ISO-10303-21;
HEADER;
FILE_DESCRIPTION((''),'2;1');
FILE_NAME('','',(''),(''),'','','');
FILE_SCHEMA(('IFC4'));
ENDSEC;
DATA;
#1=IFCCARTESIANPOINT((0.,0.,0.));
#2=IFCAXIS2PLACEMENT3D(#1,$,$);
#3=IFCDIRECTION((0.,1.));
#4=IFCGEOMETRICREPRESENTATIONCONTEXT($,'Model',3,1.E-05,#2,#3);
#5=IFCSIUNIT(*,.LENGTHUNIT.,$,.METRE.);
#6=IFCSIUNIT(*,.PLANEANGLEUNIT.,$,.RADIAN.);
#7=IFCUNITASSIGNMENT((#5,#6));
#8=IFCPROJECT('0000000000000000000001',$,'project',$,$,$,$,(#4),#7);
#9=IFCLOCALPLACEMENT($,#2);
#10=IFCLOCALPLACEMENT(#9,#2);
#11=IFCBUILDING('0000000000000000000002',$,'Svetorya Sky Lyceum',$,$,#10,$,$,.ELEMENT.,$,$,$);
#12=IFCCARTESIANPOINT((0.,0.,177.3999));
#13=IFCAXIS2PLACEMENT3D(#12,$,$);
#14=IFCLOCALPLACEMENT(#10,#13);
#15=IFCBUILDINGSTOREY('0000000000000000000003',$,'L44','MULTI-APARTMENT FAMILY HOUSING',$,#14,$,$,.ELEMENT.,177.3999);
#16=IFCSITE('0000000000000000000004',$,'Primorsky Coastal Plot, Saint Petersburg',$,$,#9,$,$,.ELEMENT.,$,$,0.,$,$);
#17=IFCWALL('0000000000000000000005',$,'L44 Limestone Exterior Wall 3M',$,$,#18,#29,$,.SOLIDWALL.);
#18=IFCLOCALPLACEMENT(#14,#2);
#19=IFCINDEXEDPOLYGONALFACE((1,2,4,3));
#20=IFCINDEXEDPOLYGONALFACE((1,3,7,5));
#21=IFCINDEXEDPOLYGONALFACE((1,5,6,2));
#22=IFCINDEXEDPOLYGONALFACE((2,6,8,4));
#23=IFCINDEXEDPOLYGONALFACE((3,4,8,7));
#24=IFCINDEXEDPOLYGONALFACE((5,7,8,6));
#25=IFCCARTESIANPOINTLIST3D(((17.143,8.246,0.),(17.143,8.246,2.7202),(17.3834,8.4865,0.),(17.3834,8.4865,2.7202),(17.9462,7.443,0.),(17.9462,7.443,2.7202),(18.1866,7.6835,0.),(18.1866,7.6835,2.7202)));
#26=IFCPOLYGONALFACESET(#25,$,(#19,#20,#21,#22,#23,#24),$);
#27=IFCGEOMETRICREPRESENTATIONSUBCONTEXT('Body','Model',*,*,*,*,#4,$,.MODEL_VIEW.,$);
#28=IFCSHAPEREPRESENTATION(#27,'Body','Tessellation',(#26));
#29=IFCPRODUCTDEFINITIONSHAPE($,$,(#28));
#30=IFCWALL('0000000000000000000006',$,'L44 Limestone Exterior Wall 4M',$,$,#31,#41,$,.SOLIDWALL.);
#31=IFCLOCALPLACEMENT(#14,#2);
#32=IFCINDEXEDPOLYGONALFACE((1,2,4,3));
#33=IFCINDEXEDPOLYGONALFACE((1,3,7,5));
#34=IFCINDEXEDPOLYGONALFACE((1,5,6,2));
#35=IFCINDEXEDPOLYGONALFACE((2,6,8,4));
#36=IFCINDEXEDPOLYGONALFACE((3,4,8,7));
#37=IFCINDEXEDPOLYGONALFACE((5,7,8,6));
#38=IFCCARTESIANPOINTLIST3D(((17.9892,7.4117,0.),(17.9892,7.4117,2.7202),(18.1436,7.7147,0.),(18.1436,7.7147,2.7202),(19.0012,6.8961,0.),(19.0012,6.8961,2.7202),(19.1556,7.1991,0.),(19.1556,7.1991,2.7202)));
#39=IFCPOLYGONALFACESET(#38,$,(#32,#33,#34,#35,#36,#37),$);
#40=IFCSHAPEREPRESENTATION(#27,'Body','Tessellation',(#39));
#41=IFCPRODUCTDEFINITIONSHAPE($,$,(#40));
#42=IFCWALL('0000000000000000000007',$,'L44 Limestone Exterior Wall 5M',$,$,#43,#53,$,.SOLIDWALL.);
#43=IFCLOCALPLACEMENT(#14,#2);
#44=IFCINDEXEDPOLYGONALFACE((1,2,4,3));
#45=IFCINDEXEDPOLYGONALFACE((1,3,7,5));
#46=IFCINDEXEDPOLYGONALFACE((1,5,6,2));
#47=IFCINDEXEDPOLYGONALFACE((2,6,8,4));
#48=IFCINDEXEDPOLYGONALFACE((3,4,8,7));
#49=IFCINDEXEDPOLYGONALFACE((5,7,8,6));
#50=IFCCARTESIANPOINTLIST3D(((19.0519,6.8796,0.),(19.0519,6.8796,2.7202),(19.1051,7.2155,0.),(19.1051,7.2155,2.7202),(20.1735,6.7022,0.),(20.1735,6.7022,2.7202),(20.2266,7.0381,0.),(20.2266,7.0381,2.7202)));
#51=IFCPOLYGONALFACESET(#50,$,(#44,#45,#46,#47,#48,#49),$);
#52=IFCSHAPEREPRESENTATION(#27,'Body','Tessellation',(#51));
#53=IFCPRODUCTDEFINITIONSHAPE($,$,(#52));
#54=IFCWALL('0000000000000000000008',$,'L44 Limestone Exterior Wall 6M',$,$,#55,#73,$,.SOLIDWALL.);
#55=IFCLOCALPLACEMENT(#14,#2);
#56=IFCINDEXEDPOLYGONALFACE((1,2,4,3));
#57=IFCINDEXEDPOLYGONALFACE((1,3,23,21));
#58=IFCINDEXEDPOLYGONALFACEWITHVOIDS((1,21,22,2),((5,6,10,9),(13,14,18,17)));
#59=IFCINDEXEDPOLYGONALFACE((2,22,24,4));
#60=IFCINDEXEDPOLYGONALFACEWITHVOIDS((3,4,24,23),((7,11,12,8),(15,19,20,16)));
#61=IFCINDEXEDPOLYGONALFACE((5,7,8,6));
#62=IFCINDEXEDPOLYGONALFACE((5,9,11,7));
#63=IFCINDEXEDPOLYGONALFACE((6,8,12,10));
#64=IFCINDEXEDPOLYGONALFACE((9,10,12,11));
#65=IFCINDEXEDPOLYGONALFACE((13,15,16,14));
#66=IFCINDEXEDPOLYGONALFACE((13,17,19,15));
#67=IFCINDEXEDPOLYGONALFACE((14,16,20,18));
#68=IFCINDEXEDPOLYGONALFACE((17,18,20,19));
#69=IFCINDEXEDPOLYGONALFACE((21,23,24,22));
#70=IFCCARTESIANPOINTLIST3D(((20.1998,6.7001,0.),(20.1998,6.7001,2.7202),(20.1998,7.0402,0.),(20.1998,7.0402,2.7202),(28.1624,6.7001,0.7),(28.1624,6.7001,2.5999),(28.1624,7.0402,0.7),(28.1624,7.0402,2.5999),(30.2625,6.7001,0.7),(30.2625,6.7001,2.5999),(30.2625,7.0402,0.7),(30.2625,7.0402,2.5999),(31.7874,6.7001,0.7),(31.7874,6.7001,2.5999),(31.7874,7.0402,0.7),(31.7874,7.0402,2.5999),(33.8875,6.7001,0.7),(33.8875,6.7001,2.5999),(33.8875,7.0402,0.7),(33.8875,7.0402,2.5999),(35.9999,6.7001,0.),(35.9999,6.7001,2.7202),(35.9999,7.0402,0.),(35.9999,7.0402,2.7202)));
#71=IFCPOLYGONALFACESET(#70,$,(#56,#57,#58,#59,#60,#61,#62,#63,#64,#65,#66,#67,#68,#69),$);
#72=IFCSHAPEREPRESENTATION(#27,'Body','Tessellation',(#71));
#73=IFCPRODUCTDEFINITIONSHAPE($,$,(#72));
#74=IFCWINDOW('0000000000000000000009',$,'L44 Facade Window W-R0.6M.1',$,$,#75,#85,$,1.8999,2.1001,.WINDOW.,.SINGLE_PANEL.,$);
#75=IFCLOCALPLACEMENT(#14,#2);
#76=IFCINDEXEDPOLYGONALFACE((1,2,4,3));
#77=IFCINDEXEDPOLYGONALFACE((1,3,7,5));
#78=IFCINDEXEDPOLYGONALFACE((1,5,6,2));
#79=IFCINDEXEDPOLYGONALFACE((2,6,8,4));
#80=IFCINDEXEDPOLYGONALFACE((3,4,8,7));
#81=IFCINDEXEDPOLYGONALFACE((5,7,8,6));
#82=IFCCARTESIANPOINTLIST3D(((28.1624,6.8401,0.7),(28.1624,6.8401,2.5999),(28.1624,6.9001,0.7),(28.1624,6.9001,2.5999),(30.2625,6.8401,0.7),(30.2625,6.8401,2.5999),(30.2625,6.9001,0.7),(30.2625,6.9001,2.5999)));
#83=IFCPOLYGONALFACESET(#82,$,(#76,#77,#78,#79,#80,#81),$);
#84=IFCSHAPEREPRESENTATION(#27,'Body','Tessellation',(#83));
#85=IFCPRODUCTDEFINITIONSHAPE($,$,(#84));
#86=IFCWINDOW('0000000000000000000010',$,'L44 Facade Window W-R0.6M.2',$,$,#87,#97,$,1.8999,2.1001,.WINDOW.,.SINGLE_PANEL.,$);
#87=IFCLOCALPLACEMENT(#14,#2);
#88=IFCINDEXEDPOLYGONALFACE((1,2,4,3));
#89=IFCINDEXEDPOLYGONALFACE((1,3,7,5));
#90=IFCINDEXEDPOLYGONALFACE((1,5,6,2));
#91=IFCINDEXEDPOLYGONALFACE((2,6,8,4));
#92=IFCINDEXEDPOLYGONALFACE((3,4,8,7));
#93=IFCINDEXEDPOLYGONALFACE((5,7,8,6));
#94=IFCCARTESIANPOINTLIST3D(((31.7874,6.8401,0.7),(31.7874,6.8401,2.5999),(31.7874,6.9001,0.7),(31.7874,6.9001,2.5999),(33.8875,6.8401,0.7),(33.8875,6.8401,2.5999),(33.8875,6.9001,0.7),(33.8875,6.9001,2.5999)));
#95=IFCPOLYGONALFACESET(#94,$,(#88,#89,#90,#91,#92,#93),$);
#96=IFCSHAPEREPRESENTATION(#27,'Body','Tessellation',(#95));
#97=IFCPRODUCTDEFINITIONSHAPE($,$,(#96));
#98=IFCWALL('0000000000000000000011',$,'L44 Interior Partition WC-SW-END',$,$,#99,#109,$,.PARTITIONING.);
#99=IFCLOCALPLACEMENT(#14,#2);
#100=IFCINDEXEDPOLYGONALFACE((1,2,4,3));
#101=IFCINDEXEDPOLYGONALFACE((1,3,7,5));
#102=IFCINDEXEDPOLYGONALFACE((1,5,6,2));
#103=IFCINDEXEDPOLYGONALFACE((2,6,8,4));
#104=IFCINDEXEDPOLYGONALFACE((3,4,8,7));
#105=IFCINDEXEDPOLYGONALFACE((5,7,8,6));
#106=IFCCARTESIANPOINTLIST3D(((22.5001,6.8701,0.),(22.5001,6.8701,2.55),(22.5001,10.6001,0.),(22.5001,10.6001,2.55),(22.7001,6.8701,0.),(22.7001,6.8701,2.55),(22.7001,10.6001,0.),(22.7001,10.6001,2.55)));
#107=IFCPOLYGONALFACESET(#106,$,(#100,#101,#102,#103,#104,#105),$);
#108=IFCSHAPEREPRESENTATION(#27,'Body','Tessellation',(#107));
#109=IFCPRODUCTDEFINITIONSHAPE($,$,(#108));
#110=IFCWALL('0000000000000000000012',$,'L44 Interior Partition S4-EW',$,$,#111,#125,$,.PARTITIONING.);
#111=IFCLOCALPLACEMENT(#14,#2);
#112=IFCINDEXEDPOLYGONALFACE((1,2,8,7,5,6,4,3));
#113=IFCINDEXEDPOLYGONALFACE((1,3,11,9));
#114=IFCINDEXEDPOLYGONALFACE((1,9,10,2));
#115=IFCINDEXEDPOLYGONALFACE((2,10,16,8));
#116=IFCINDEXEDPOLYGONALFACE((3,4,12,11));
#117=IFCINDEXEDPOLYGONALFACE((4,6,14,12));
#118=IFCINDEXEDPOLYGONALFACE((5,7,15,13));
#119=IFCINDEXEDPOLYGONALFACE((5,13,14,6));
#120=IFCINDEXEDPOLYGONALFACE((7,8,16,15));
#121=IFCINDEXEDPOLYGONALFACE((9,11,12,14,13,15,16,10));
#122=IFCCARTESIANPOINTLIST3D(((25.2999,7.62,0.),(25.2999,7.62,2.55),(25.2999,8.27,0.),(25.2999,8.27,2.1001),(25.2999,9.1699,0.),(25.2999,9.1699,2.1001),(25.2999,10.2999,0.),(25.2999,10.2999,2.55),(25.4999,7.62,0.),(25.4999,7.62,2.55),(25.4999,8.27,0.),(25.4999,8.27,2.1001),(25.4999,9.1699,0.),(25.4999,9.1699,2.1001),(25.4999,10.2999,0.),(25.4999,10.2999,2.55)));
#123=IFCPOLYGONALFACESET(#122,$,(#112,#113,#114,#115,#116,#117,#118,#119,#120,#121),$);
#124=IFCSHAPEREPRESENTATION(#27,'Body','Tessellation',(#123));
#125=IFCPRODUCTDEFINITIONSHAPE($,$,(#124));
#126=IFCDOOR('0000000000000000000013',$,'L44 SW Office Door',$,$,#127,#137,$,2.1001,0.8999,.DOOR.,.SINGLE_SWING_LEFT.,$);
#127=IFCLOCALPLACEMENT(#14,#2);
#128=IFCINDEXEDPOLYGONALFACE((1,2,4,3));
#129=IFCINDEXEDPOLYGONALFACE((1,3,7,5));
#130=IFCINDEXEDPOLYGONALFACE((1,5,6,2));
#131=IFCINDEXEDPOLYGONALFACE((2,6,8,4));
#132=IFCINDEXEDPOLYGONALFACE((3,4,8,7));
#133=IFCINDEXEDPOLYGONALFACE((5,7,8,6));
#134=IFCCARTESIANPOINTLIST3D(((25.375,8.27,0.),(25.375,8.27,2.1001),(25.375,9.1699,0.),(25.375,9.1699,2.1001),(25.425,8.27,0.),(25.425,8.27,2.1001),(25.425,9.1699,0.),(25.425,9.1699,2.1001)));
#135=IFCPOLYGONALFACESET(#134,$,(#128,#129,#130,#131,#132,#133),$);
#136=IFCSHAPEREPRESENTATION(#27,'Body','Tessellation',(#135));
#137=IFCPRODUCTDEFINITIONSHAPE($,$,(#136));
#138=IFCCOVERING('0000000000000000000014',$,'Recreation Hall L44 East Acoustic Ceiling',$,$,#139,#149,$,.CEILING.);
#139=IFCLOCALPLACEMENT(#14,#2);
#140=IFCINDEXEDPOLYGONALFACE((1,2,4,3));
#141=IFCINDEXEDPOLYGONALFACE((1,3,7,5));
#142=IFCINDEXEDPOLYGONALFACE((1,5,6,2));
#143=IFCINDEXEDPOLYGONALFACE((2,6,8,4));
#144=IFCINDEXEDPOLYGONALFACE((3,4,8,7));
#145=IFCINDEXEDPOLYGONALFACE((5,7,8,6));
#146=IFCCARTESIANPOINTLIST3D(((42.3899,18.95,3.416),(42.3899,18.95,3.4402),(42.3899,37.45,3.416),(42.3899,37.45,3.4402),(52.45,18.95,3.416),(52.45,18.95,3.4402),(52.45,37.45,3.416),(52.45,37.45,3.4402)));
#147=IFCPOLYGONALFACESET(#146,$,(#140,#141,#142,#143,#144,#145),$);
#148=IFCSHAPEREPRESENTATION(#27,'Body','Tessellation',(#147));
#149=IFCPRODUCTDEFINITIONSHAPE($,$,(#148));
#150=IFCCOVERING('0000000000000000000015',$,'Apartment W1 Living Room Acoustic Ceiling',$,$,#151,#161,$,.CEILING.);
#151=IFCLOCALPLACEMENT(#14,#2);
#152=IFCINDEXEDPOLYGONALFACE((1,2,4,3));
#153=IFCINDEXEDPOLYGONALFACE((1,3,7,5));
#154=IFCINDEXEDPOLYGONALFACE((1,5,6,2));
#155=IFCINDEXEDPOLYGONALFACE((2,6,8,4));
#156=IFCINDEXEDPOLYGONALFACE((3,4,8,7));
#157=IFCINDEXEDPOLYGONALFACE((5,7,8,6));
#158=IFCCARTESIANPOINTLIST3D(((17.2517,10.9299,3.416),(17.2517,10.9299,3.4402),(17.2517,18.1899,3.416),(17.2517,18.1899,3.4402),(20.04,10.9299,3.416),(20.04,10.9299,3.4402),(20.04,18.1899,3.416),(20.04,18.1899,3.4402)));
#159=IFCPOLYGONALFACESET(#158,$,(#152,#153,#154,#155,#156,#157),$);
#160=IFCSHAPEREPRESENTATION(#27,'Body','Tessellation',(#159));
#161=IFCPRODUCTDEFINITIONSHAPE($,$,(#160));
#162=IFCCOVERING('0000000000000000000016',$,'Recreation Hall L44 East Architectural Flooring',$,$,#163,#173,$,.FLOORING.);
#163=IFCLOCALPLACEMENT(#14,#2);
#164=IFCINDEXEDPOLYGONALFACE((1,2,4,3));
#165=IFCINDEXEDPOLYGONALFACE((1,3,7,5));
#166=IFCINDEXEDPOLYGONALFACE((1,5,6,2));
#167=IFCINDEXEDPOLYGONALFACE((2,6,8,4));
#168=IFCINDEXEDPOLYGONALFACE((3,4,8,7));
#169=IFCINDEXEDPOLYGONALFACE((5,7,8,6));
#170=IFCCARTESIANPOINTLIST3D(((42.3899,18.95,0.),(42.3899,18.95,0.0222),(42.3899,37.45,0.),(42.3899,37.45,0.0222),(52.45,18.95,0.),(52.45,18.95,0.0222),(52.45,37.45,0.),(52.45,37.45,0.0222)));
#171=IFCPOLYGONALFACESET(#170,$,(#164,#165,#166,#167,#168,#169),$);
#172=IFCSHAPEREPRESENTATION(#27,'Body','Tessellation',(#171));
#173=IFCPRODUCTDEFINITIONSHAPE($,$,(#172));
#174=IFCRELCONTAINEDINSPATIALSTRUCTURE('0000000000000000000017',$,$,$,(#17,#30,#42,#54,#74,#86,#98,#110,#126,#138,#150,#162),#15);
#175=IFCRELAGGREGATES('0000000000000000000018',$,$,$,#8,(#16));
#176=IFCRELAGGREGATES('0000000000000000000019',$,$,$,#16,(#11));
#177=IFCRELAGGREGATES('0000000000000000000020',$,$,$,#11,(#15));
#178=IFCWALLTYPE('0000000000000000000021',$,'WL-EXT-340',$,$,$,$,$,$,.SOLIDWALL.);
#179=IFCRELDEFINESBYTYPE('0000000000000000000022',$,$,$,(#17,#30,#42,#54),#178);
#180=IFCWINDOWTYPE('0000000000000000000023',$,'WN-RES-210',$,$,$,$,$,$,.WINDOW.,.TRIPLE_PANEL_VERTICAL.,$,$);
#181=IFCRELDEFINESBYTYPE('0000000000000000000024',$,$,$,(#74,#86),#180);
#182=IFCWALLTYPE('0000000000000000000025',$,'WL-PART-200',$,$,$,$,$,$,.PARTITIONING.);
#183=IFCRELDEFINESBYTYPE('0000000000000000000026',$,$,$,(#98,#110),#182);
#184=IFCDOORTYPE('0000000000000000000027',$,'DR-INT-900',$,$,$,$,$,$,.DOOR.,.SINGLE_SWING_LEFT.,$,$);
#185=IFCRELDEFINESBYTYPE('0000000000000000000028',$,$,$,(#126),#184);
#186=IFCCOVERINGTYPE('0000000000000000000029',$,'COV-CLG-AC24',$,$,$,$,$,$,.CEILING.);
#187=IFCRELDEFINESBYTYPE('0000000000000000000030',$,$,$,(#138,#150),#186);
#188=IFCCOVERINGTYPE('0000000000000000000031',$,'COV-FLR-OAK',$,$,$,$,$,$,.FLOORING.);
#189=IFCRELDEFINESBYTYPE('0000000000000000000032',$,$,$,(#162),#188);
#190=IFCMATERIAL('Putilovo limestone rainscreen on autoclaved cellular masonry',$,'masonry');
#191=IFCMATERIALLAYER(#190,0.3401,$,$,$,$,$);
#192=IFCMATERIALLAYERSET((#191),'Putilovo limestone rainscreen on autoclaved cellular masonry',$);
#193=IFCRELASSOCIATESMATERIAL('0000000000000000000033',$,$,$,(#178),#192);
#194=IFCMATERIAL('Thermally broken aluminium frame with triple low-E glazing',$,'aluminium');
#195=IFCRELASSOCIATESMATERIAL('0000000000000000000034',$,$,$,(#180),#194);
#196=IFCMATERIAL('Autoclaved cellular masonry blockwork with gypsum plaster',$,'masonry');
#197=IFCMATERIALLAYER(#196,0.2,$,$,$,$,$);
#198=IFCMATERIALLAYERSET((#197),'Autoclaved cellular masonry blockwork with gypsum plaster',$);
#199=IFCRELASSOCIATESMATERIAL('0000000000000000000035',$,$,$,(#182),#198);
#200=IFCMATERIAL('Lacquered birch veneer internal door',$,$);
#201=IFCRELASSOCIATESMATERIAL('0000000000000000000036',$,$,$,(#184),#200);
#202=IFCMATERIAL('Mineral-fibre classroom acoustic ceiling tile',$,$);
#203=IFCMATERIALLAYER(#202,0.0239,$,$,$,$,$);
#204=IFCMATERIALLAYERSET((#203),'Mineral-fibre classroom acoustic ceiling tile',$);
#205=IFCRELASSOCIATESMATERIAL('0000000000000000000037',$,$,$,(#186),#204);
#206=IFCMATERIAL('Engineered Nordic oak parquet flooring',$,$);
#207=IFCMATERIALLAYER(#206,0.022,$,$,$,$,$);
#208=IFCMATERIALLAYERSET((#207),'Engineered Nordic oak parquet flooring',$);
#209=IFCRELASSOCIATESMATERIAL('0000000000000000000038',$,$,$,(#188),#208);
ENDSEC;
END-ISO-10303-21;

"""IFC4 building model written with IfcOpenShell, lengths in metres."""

from ifc_helpers import new_model, si_unit, direction, frame, frame_2d, origin, place, context, subcontext, project, spatial, polyline, rectangle, outline, extrude, material, layer, layer_set, type_object, element, fill, save


model = new_model("IFC4")

# Units and contexts
model_context = context("Model", 3, precision=1e-05, world=origin(), true_north=direction((0.0, 1.0)))
body_context = subcontext(model_context, "Body", "Model", "MODEL_VIEW")
ifc_project = project(units=[si_unit("LENGTHUNIT", "METRE"), si_unit("PLANEANGLEUNIT", "RADIAN")], contexts=[model_context])

# Site, building, storey
site_placement = place(None, origin())
site = spatial("IfcSite", under=ifc_project, at=site_placement, Name="Primorsky Coastal Plot, Saint Petersburg", CompositionType="ELEMENT", RefElevation=0.0)
building_placement = place(site_placement, origin())
building = spatial("IfcBuilding", under=site, at=building_placement, Name="Svetorya Sky Lyceum", CompositionType="ELEMENT")
storey_placement = place(building_placement, frame((0.0, 0.0, 177.3999)))
storey = spatial("IfcBuildingStorey", under=building, at=storey_placement, Name="L44", Description="MULTI-APARTMENT FAMILY HOUSING", CompositionType="ELEMENT", Elevation=177.3999)

# Walls
ifc_material_1 = material(Name="Putilovo limestone rainscreen on autoclaved cellular masonry", Category="masonry")
ifc_layer_1 = layer(ifc_material_1, 0.3401)
ifc_layer_set_1 = layer_set([ifc_layer_1], Name="Putilovo limestone rainscreen on autoclaved cellular masonry")
wall_type_1 = type_object("IfcWallType", Name="WL-EXT-340", PredefinedType="SOLIDWALL", material=ifc_layer_set_1)
for number, where, z_axis, x_axis, name in (
    (1, (17.2632, 8.3662, 0.0), (0.0, 0.0, 1.0), (0.707214, -0.706999, 0.0), "L44 Limestone Exterior Wall 3M"),
    (2, (18.0664, 7.5632, 0.0), (0.0, 0.0, 1.0), (0.891005, -0.453993, 0.0), "L44 Limestone Exterior Wall 4M"),
):
    element("IfcWall", number, at=place(storey_placement, frame(where, z_axis=z_axis, x_axis=x_axis)), inside=storey, type_object=wall_type_1, Name=name, PredefinedType="SOLIDWALL", context=body_context, shape_type="SweptSolid", body=[
        extrude(rectangle(XDim=1.1357, YDim=0.3401, at=frame_2d((0.5679, 0.0))), origin(), (0.0, 0.0, 1.0), 2.7202),
    ])
wall_1_placement = place(storey_placement, frame((19.0784, 7.0476, 0.0), z_axis=(0.0, 0.0, 1.0), x_axis=(0.987709, -0.156305, 0.0)))
element("IfcWall", 3, at=wall_1_placement, inside=storey, type_object=wall_type_1, Name="L44 Limestone Exterior Wall 5M", PredefinedType="SOLIDWALL", context=body_context, shape_type="SweptSolid", body=[
    extrude(rectangle(XDim=1.1355, YDim=0.3401, at=frame_2d((0.5679, 0.0))), origin(), (0.0, 0.0, 1.0), 2.7202),
])

# Wall, openings, windows
wall_2_placement = place(storey_placement, frame((20.2, 6.8701, 0.0), z_axis=(0.0, 0.0, 1.0), x_axis=(1.0, 0.0, 0.0)))
wall_2 = element("IfcWall", 4, at=wall_2_placement, inside=storey, type_object=wall_type_1, Name="L44 Limestone Exterior Wall 6M", PredefinedType="SOLIDWALL", context=body_context, shape_type="SweptSolid", body=[
    extrude(rectangle(XDim=15.8, YDim=0.3401, at=frame_2d((7.8999, 0.0))), origin(), (0.0, 0.0, 1.0), 2.7202),
])
opening_1_placement = place(wall_2_placement, frame((7.9624, 0.0, 0.7)))
opening_1 = element("IfcOpeningElement", 5, at=opening_1_placement, cuts=wall_2, PredefinedType="OPENING", context=body_context, shape_type="SweptSolid", body=[
    extrude(rectangle(XDim=2.1001, YDim=1.8999, at=frame_2d((1.05, 0.95))), frame((0.0, 0.1799, 0.0), z_axis=(0.0, -1.0, 0.0), x_axis=(1.0, 0.0, 0.0)), (0.0, 0.0, 1.0), 0.3601),
])
opening_2_placement = place(wall_2_placement, frame((11.5874, 0.0, 0.7)))
opening_2 = element("IfcOpeningElement", 6, at=opening_2_placement, cuts=wall_2, PredefinedType="OPENING", context=body_context, shape_type="SweptSolid", body=[
    extrude(rectangle(XDim=2.1001, YDim=1.8999, at=frame_2d((1.05, 0.95))), frame((0.0, 0.1799, 0.0), z_axis=(0.0, -1.0, 0.0), x_axis=(1.0, 0.0, 0.0)), (0.0, 0.0, 1.0), 0.3601),
])
ifc_material_2 = material(Name="Thermally broken aluminium frame with triple low-E glazing", Category="aluminium")
window_type = type_object("IfcWindowType", Name="WN-RES-210", PartitioningType="TRIPLE_PANEL_VERTICAL", PredefinedType="WINDOW", material=ifc_material_2)
window_1_placement = place(opening_1_placement, origin())
window_1 = element("IfcWindow", 7, at=window_1_placement, inside=storey, type_object=window_type, Name="L44 Facade Window W-R0.6M.1", OverallHeight=1.8999, OverallWidth=2.1001, PartitioningType="SINGLE_PANEL", PredefinedType="WINDOW", context=body_context, shape_type="SweptSolid", body=[
    extrude(rectangle(XDim=2.1001, YDim=1.8999, at=frame_2d((1.05, 0.95))), frame((0.0, 0.03, 0.0), z_axis=(0.0, -1.0, 0.0), x_axis=(1.0, 0.0, 0.0)), (0.0, 0.0, 1.0), 0.0601),
])
fill(opening_1, window_1)
window_2_placement = place(opening_2_placement, origin())
window_2 = element("IfcWindow", 8, at=window_2_placement, inside=storey, type_object=window_type, Name="L44 Facade Window W-R0.6M.2", OverallHeight=1.8999, OverallWidth=2.1001, PartitioningType="SINGLE_PANEL", PredefinedType="WINDOW", context=body_context, shape_type="SweptSolid", body=[
    extrude(rectangle(XDim=2.1001, YDim=1.8999, at=frame_2d((1.05, 0.95))), frame((0.0, 0.03, 0.0), z_axis=(0.0, -1.0, 0.0), x_axis=(1.0, 0.0, 0.0)), (0.0, 0.0, 1.0), 0.0601),
])
fill(opening_2, window_2)

# Wall
ifc_material_3 = material(Name="Autoclaved cellular masonry blockwork with gypsum plaster", Category="masonry")
ifc_layer_2 = layer(ifc_material_3, 0.2)
ifc_layer_set_2 = layer_set([ifc_layer_2], Name="Autoclaved cellular masonry blockwork with gypsum plaster")
wall_type_2 = type_object("IfcWallType", Name="WL-PART-200", PredefinedType="PARTITIONING", material=ifc_layer_set_2)
wall_3_placement = place(storey_placement, frame((22.6001, 6.8701, 0.0), z_axis=(0.0, 0.0, 1.0), x_axis=(0.0, 1.0, 0.0)))
element("IfcWall", 9, at=wall_3_placement, inside=storey, type_object=wall_type_2, Name="L44 Interior Partition WC-SW-END", PredefinedType="PARTITIONING", context=body_context, shape_type="SweptSolid", body=[
    extrude(rectangle(XDim=3.73, YDim=0.2, at=frame_2d((1.865, 0.0))), origin(), (0.0, 0.0, 1.0), 2.55),
])

# Wall, opening, door
wall_4_placement = place(storey_placement, frame((25.3999, 7.6201, 0.0), z_axis=(0.0, 0.0, 1.0), x_axis=(0.0, 1.0, 0.0)))
wall_4 = element("IfcWall", 10, at=wall_4_placement, inside=storey, type_object=wall_type_2, Name="L44 Interior Partition S4-EW", PredefinedType="PARTITIONING", context=body_context, shape_type="SweptSolid", body=[
    extrude(rectangle(XDim=2.6799, YDim=0.2, at=frame_2d((1.3398, 0.0))), origin(), (0.0, 0.0, 1.0), 2.55),
])
opening_3_placement = place(wall_4_placement, frame((0.6499, 0.0, 0.0)))
opening_3 = element("IfcOpeningElement", 11, at=opening_3_placement, cuts=wall_4, PredefinedType="OPENING", context=body_context, shape_type="SweptSolid", body=[
    extrude(rectangle(XDim=0.8999, YDim=2.1001, at=frame_2d((0.45, 1.05))), frame((0.0, 0.1099, 0.0), z_axis=(0.0, -1.0, 0.0), x_axis=(1.0, 0.0, 0.0)), (0.0, 0.0, 1.0), 0.22),
])
ifc_material_4 = material(Name="Lacquered birch veneer internal door")
door_type = type_object("IfcDoorType", Name="DR-INT-900", OperationType="SINGLE_SWING_LEFT", PredefinedType="DOOR", material=ifc_material_4)
door_placement = place(opening_3_placement, origin())
door = element("IfcDoor", 12, at=door_placement, inside=storey, type_object=door_type, Name="L44 SW Office Door", OperationType="SINGLE_SWING_LEFT", OverallHeight=2.1001, OverallWidth=0.8999, PredefinedType="DOOR", context=body_context, shape_type="SweptSolid", body=[
    extrude(rectangle(XDim=0.8999, YDim=2.1001, at=frame_2d((0.45, 1.05))), frame((0.0, 0.0249, 0.0), z_axis=(0.0, -1.0, 0.0), x_axis=(1.0, 0.0, 0.0)), (0.0, 0.0, 1.0), 0.05),
])
fill(opening_3, door)

# Coverings
ifc_material_5 = material(Name="Mineral-fibre classroom acoustic ceiling tile")
ifc_layer_3 = layer(ifc_material_5, 0.0239)
ifc_layer_set_3 = layer_set([ifc_layer_3], Name="Mineral-fibre classroom acoustic ceiling tile")
covering_type_1 = type_object("IfcCoveringType", Name="COV-CLG-AC24", PredefinedType="CEILING", material=ifc_layer_set_3)
covering_1_placement = place(storey_placement, frame((0.0, 0.0, 3.416)))
element("IfcCovering", 13, at=covering_1_placement, inside=storey, type_object=covering_type_1, Name="Recreation Hall L44 East Acoustic Ceiling", PredefinedType="CEILING", context=body_context, shape_type="SweptSolid", body=[
    extrude(outline(polyline([(42.3899, 18.95), (52.45, 18.95), (52.45, 37.45), (42.3899, 37.45), (42.3899, 18.95)])), origin(), (0.0, 0.0, 1.0), 0.0242),
])
covering_2_placement = place(storey_placement, frame((0.0, 0.0, 3.416)))
element("IfcCovering", 14, at=covering_2_placement, inside=storey, type_object=covering_type_1, Name="Apartment W1 Living Room Acoustic Ceiling", PredefinedType="CEILING", context=body_context, shape_type="SweptSolid", body=[
    extrude(outline(polyline([(17.2517, 10.9299), (20.04, 10.9299), (20.04, 18.1899), (17.2517, 18.1899), (17.2517, 10.9299)])), origin(), (0.0, 0.0, 1.0), 0.0242),
])
ifc_material_6 = material(Name="Engineered Nordic oak parquet flooring")
ifc_layer_4 = layer(ifc_material_6, 0.022)
ifc_layer_set_4 = layer_set([ifc_layer_4], Name="Engineered Nordic oak parquet flooring")
covering_type_2 = type_object("IfcCoveringType", Name="COV-FLR-OAK", PredefinedType="FLOORING", material=ifc_layer_set_4)
covering_3_placement = place(storey_placement, origin())
element("IfcCovering", 15, at=covering_3_placement, inside=storey, type_object=covering_type_2, Name="Recreation Hall L44 East Architectural Flooring", PredefinedType="FLOORING", context=body_context, shape_type="SweptSolid", body=[
    extrude(outline(polyline([(42.3899, 18.95), (52.45, 18.95), (52.45, 37.45), (42.3899, 37.45), (42.3899, 18.95)])), origin(), (0.0, 0.0, 1.0), 0.0222),
])

save(model, "model.ifc")
